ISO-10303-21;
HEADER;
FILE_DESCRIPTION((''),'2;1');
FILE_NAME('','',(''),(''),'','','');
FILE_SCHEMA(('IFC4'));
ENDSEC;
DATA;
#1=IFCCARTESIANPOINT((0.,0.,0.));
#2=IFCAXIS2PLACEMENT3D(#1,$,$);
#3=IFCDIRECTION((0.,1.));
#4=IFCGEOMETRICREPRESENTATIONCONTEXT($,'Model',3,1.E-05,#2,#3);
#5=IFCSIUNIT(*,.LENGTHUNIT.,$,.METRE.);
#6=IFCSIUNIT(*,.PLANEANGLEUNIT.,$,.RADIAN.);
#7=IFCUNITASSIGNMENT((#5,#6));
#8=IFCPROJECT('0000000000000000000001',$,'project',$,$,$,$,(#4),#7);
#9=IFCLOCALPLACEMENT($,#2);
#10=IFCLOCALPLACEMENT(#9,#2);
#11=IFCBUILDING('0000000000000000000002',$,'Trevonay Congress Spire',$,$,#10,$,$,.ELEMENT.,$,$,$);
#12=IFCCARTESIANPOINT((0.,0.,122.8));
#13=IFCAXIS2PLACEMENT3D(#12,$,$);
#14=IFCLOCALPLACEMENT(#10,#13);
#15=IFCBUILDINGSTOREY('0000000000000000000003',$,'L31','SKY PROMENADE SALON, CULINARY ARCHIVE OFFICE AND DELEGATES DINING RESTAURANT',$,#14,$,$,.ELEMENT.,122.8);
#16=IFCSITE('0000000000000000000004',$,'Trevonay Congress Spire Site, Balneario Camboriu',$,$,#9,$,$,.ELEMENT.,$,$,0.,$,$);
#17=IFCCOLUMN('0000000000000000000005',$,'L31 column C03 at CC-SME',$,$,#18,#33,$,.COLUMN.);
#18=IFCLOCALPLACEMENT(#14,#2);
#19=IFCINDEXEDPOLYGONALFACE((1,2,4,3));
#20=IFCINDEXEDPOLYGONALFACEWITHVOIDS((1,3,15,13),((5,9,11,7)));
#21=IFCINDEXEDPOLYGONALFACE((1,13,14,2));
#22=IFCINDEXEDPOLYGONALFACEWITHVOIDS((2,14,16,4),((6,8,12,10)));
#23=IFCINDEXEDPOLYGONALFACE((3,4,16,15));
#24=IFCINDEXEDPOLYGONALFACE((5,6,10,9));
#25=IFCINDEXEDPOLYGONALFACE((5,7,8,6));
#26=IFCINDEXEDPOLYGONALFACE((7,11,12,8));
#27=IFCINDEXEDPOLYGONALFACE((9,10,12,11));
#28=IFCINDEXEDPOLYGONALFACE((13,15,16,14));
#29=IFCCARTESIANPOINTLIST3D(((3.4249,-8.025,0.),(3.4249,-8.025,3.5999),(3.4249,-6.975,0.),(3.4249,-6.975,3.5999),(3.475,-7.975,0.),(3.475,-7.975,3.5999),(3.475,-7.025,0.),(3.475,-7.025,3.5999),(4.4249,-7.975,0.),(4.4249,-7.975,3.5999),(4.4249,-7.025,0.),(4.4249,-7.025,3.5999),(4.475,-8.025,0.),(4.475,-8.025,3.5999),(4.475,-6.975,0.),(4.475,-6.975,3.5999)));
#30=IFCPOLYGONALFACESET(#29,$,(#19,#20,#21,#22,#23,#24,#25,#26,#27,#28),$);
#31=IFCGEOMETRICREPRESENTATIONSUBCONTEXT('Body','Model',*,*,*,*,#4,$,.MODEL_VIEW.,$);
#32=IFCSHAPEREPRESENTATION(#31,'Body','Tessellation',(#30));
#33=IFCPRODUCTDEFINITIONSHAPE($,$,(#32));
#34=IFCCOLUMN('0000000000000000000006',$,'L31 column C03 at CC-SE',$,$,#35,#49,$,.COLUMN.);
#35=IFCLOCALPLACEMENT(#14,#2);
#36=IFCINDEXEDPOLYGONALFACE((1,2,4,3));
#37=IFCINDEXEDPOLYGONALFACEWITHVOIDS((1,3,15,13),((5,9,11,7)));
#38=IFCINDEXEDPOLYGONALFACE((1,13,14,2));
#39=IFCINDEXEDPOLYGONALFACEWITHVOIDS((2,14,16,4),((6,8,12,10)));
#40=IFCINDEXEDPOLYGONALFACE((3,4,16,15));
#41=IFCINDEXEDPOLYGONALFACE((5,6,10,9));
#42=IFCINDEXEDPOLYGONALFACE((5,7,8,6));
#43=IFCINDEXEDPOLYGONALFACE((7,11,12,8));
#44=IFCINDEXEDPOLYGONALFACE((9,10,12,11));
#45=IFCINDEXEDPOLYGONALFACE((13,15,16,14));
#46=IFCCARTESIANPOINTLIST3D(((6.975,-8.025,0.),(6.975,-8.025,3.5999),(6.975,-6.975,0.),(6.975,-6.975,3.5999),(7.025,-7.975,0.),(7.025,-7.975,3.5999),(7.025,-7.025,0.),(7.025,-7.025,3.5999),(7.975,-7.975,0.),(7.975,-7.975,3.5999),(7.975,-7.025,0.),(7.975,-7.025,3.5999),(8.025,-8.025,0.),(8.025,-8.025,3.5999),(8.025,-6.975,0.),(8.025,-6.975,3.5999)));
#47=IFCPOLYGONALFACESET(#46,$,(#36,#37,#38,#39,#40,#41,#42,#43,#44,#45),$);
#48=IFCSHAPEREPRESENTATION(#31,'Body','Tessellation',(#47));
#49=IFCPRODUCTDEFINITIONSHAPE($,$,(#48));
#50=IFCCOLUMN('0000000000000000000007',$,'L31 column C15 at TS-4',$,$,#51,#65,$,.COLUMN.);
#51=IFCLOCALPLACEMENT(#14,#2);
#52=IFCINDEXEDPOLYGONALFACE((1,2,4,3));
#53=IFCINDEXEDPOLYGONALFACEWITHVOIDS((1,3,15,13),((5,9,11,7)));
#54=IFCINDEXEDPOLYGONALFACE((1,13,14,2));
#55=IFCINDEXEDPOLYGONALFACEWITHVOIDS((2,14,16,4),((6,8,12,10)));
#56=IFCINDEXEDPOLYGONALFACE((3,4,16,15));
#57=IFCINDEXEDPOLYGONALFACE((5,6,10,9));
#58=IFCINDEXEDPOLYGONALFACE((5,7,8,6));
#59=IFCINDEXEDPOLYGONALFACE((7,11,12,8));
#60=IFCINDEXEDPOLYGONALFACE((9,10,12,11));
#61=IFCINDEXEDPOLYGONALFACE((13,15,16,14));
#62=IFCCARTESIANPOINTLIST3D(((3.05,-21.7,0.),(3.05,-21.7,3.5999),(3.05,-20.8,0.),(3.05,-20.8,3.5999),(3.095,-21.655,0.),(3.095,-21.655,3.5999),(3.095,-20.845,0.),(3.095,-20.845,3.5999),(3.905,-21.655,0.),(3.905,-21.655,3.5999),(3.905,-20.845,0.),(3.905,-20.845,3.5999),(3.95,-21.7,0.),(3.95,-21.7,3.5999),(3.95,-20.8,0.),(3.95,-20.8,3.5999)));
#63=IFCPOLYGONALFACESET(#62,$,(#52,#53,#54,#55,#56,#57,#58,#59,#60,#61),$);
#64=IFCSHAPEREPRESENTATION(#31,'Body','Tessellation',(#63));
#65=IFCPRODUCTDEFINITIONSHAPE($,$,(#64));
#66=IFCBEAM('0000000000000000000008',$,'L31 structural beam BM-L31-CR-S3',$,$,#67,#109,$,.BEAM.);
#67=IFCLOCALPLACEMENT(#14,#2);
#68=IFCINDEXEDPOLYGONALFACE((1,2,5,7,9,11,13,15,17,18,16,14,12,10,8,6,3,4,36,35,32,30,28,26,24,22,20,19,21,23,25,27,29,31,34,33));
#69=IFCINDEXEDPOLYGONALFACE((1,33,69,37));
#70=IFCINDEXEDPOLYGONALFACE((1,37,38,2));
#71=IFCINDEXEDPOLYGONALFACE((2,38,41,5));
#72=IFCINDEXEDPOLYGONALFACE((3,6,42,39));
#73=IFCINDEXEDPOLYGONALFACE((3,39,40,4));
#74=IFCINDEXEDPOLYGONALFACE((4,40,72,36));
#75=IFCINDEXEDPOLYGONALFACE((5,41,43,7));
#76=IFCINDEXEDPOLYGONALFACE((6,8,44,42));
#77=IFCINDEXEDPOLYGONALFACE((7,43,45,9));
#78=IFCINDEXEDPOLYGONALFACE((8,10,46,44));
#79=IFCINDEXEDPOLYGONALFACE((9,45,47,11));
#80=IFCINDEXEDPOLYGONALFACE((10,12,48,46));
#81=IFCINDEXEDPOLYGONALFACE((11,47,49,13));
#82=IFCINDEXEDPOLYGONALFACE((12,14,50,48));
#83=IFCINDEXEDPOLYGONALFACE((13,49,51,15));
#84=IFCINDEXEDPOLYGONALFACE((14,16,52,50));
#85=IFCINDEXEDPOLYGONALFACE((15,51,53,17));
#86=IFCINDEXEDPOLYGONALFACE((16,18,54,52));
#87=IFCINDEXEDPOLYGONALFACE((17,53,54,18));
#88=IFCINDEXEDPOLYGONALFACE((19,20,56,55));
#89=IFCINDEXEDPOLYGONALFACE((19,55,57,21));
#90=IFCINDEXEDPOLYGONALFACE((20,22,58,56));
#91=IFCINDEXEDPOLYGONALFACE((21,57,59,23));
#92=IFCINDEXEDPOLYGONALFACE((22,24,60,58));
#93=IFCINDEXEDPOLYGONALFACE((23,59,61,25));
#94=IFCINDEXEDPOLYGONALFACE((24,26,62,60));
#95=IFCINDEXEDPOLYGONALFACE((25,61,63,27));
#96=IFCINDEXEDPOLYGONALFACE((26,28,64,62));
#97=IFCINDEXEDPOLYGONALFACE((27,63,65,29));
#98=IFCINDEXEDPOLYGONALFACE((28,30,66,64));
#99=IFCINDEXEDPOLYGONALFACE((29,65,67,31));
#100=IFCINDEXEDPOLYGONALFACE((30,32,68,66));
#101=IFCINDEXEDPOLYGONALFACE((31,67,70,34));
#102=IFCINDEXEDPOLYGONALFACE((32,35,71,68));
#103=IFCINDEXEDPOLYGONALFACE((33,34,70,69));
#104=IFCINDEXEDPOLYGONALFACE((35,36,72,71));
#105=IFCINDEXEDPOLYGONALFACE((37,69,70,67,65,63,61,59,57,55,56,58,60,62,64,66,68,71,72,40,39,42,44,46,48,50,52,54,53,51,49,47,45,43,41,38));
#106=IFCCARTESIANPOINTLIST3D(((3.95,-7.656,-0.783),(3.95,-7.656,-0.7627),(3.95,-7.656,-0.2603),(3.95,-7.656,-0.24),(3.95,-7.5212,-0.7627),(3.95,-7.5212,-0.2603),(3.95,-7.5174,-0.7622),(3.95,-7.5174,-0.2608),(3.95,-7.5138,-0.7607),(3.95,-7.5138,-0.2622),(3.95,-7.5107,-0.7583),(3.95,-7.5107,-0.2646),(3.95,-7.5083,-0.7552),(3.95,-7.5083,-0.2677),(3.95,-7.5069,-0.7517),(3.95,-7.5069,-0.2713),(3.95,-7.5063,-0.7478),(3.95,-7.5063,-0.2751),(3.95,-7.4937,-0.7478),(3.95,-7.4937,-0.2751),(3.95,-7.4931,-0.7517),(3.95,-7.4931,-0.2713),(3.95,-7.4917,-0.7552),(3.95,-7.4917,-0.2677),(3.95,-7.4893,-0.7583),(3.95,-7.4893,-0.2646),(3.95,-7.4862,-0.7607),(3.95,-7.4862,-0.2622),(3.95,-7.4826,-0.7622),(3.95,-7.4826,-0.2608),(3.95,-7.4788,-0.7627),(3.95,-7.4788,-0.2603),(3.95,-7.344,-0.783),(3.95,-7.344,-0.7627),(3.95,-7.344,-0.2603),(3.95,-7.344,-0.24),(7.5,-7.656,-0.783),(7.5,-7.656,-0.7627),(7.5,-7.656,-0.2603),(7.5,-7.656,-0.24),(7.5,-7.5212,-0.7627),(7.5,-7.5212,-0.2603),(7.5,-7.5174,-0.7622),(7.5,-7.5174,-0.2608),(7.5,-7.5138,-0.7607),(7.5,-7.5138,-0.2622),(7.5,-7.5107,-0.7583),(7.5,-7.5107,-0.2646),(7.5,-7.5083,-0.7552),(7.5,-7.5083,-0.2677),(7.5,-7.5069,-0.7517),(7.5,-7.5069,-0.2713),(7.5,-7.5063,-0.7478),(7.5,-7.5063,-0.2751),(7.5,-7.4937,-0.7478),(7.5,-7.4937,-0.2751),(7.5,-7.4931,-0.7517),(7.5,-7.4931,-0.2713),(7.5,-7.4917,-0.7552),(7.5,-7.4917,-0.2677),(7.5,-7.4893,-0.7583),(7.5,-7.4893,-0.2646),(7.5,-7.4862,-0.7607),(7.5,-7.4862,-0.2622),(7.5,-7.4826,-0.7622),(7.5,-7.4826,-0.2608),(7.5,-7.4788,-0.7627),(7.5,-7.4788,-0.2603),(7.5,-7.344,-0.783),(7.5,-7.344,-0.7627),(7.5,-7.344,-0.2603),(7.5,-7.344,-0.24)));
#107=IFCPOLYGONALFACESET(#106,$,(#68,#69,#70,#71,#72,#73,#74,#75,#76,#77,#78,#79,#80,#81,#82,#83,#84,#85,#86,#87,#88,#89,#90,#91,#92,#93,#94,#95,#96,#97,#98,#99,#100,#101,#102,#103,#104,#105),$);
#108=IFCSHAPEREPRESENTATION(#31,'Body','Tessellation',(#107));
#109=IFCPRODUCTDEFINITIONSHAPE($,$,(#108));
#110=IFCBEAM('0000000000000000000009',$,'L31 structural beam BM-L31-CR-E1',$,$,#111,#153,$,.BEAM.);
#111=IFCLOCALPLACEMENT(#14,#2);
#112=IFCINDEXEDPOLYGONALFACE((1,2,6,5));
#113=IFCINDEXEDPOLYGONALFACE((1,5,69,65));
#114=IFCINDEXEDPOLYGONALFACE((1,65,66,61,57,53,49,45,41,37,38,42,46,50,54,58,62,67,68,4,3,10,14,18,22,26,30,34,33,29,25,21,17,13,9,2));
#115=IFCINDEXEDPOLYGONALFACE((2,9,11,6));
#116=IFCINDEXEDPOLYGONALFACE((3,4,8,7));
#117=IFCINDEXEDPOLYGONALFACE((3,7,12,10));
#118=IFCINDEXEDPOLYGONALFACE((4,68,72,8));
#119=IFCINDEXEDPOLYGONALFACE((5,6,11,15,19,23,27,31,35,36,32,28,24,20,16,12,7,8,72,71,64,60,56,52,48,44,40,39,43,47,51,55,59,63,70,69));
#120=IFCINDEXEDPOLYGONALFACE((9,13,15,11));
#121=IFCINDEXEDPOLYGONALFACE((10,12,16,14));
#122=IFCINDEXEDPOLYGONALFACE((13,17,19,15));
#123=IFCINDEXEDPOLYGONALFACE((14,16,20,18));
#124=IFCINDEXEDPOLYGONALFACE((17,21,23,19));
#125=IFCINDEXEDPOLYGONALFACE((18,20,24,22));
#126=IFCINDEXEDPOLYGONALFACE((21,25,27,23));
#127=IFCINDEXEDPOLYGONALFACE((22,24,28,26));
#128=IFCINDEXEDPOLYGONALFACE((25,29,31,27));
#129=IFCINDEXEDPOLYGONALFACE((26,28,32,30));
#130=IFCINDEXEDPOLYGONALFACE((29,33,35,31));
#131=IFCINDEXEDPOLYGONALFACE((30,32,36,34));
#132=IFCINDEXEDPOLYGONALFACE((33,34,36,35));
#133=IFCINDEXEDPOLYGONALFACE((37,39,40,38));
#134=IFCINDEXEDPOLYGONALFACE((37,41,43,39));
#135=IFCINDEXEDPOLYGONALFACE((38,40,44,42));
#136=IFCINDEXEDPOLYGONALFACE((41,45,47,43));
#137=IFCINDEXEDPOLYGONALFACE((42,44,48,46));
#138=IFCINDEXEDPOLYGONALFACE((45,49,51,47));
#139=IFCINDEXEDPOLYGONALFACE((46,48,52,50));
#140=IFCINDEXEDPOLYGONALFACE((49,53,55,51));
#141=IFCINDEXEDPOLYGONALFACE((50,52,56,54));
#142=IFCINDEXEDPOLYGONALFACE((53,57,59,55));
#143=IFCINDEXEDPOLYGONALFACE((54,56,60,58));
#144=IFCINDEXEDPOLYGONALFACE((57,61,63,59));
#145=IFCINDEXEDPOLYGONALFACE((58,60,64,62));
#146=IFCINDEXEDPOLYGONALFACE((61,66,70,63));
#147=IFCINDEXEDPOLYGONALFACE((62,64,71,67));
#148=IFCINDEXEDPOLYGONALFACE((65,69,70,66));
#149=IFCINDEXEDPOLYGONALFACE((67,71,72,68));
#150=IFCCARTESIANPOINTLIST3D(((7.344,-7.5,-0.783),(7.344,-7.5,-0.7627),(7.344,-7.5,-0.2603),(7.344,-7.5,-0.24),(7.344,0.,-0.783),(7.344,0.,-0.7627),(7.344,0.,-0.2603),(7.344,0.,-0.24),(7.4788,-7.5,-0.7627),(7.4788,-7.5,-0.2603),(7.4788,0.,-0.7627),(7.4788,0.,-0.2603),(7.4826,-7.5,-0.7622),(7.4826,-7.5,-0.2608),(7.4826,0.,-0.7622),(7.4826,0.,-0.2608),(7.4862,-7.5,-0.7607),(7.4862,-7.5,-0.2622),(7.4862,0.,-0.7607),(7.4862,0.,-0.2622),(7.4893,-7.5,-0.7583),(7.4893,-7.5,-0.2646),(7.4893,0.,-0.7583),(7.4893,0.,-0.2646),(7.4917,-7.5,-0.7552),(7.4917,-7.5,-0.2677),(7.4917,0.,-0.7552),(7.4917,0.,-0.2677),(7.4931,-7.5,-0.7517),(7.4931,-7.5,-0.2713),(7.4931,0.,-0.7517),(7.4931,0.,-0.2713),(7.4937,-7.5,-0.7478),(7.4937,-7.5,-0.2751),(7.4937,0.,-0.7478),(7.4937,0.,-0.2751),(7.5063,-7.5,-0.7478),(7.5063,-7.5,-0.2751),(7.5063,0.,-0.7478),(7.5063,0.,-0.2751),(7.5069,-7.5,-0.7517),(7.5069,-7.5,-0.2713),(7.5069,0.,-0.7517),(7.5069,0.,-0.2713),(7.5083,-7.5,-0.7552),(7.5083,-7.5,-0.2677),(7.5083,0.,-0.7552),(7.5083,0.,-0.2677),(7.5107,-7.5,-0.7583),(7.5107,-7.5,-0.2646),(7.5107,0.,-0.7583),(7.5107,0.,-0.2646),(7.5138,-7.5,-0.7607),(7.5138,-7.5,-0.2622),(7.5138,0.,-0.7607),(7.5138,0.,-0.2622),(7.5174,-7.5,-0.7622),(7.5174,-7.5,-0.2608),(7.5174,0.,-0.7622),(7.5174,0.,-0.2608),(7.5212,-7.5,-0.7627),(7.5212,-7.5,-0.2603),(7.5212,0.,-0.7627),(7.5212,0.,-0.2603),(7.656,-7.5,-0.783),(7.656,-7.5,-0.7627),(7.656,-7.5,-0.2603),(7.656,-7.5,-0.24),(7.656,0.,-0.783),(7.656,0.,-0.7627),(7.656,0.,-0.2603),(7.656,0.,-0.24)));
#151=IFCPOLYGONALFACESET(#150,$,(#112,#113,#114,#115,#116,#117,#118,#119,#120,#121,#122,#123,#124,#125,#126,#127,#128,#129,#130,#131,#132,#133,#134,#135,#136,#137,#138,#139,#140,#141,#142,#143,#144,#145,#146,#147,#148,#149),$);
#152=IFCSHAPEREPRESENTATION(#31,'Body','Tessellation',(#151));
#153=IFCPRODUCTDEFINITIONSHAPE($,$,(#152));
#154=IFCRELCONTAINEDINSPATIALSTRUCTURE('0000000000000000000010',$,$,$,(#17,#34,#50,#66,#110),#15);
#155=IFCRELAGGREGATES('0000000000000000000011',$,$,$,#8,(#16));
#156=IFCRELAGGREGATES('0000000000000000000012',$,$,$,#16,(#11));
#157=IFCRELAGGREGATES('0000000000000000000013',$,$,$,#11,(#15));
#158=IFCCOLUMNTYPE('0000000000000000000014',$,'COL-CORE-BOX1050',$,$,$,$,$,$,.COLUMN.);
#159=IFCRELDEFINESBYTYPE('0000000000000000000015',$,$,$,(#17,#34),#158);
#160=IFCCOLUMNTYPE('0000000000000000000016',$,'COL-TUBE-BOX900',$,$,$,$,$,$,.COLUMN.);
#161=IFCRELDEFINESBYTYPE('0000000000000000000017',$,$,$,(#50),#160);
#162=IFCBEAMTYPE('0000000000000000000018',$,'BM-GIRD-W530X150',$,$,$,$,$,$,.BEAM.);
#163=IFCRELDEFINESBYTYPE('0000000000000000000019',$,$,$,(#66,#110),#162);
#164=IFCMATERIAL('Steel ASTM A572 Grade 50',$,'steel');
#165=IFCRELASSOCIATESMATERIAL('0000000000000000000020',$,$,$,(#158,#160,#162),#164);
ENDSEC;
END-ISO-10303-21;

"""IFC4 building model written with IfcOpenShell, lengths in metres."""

from ifc_helpers import new_model, si_unit, direction, frame, origin, origin_2d, place, context, subcontext, project, spatial, hollow_rectangle, i_section, extrude, material, material_profile, profile_set, type_object, element, save


model = new_model("IFC4")

# Units and contexts
model_context = context("Model", 3, precision=1e-05, world=origin(), true_north=direction((0.0, 1.0)))
body_context = subcontext(model_context, "Body", "Model", "MODEL_VIEW")
ifc_project = project(units=[si_unit("LENGTHUNIT", "METRE"), si_unit("PLANEANGLEUNIT", "RADIAN")], contexts=[model_context])

# Site, building, storey
site_placement = place(None, origin())
site = spatial("IfcSite", under=ifc_project, at=site_placement, Name="Trevonay Congress Spire Site, Balneario Camboriu", CompositionType="ELEMENT", RefElevation=0.0)
building_placement = place(site_placement, origin())
building = spatial("IfcBuilding", under=site, at=building_placement, Name="Trevonay Congress Spire", CompositionType="ELEMENT")
storey_placement = place(building_placement, frame((0.0, 0.0, 122.8)))
storey = spatial("IfcBuildingStorey", under=building, at=storey_placement, Name="L31", Description="SKY PROMENADE SALON, CULINARY ARCHIVE OFFICE AND DELEGATES DINING RESTAURANT", CompositionType="ELEMENT", Elevation=122.8)

# Columns
ifc_material_1 = material(Name="Steel ASTM A572 Grade 50", Category="steel")
ifc_material_profile_1 = material_profile(ifc_material_1, hollow_rectangle(XDim=1.05, YDim=1.05, WallThickness=0.05, at=origin_2d()), Name="BOX 1050x1050x50")
ifc_profile_set_1 = profile_set([ifc_material_profile_1], Name="Steel ASTM A572 Grade 50")
column_type_1 = type_object("IfcColumnType", Name="COL-CORE-BOX1050", PredefinedType="COLUMN", material=ifc_profile_set_1)
for number, where, z_axis, x_axis, name in (
    (1, (3.95, -7.5, 0.0), (0.0, 0.0, 1.0), (1.0, 0.0, 0.0), "L31 column C03 at CC-SME"),
    (2, (7.5, -7.5, 0.0), (0.0, 0.0, 1.0), (1.0, 0.0, 0.0), "L31 column C03 at CC-SE"),
):
    element("IfcColumn", number, at=place(storey_placement, frame(where, z_axis=z_axis, x_axis=x_axis)), inside=storey, type_object=column_type_1, Name=name, PredefinedType="COLUMN", context=body_context, shape_type="SweptSolid", body=[
        extrude(hollow_rectangle(XDim=1.05, YDim=1.05, WallThickness=0.05, at=origin_2d()), origin(), (0.0, 0.0, 1.0), 3.5999),
    ])
ifc_material_profile_2 = material_profile(ifc_material_1, hollow_rectangle(XDim=0.8999, YDim=0.8999, WallThickness=0.0449, at=origin_2d()), Name="BOX 900x900x45")
ifc_profile_set_2 = profile_set([ifc_material_profile_2], Name="Steel ASTM A572 Grade 50")
column_type_2 = type_object("IfcColumnType", Name="COL-TUBE-BOX900", PredefinedType="COLUMN", material=ifc_profile_set_2)
column_placement = place(storey_placement, frame((3.5, -21.25, 0.0), z_axis=(0.0, 0.0, 1.0), x_axis=(1.0, 0.0, 0.0)))
element("IfcColumn", 3, at=column_placement, inside=storey, type_object=column_type_2, Name="L31 column C15 at TS-4", PredefinedType="COLUMN", context=body_context, shape_type="SweptSolid", body=[
    extrude(hollow_rectangle(XDim=0.8999, YDim=0.8999, WallThickness=0.0449, at=origin_2d()), origin(), (0.0, 0.0, 1.0), 3.5999),
])

# Beams
ifc_material_profile_3 = material_profile(ifc_material_1, i_section(OverallWidth=0.312, OverallDepth=0.543, WebThickness=0.0127, FlangeThickness=0.0203, FilletRadius=0.0149, at=origin_2d()), Name="W530x150")
ifc_profile_set_3 = profile_set([ifc_material_profile_3], Name="Steel ASTM A572 Grade 50")
beam_type_1 = type_object("IfcBeamType", Name="BM-GIRD-W530X150", PredefinedType="BEAM", material=ifc_profile_set_3)
beam_1_placement = place(storey_placement, frame((3.95, -7.5, -0.5115), z_axis=(1.0, 0.0, 0.0), x_axis=(0.0, 1.0, 0.0)))
element("IfcBeam", 4, at=beam_1_placement, inside=storey, type_object=beam_type_1, Name="L31 structural beam BM-L31-CR-S3", PredefinedType="BEAM", context=body_context, shape_type="SweptSolid", body=[
    extrude(i_section(OverallWidth=0.312, OverallDepth=0.543, WebThickness=0.0127, FlangeThickness=0.0203, FilletRadius=0.0149, at=origin_2d()), origin(), (0.0, 0.0, 1.0), 3.55),
])
beam_2_placement = place(storey_placement, frame((7.5, -7.5, -0.5115), z_axis=(0.0, 1.0, 0.0), x_axis=(-1.0, 0.0, 0.0)))
element("IfcBeam", 5, at=beam_2_placement, inside=storey, type_object=beam_type_1, Name="L31 structural beam BM-L31-CR-E1", PredefinedType="BEAM", context=body_context, shape_type="SweptSolid", body=[
    extrude(i_section(OverallWidth=0.312, OverallDepth=0.543, WebThickness=0.0127, FlangeThickness=0.0203, FilletRadius=0.0149, at=origin_2d()), origin(), (0.0, 0.0, 1.0), 7.5),
])

save(model, "model.ifc")
